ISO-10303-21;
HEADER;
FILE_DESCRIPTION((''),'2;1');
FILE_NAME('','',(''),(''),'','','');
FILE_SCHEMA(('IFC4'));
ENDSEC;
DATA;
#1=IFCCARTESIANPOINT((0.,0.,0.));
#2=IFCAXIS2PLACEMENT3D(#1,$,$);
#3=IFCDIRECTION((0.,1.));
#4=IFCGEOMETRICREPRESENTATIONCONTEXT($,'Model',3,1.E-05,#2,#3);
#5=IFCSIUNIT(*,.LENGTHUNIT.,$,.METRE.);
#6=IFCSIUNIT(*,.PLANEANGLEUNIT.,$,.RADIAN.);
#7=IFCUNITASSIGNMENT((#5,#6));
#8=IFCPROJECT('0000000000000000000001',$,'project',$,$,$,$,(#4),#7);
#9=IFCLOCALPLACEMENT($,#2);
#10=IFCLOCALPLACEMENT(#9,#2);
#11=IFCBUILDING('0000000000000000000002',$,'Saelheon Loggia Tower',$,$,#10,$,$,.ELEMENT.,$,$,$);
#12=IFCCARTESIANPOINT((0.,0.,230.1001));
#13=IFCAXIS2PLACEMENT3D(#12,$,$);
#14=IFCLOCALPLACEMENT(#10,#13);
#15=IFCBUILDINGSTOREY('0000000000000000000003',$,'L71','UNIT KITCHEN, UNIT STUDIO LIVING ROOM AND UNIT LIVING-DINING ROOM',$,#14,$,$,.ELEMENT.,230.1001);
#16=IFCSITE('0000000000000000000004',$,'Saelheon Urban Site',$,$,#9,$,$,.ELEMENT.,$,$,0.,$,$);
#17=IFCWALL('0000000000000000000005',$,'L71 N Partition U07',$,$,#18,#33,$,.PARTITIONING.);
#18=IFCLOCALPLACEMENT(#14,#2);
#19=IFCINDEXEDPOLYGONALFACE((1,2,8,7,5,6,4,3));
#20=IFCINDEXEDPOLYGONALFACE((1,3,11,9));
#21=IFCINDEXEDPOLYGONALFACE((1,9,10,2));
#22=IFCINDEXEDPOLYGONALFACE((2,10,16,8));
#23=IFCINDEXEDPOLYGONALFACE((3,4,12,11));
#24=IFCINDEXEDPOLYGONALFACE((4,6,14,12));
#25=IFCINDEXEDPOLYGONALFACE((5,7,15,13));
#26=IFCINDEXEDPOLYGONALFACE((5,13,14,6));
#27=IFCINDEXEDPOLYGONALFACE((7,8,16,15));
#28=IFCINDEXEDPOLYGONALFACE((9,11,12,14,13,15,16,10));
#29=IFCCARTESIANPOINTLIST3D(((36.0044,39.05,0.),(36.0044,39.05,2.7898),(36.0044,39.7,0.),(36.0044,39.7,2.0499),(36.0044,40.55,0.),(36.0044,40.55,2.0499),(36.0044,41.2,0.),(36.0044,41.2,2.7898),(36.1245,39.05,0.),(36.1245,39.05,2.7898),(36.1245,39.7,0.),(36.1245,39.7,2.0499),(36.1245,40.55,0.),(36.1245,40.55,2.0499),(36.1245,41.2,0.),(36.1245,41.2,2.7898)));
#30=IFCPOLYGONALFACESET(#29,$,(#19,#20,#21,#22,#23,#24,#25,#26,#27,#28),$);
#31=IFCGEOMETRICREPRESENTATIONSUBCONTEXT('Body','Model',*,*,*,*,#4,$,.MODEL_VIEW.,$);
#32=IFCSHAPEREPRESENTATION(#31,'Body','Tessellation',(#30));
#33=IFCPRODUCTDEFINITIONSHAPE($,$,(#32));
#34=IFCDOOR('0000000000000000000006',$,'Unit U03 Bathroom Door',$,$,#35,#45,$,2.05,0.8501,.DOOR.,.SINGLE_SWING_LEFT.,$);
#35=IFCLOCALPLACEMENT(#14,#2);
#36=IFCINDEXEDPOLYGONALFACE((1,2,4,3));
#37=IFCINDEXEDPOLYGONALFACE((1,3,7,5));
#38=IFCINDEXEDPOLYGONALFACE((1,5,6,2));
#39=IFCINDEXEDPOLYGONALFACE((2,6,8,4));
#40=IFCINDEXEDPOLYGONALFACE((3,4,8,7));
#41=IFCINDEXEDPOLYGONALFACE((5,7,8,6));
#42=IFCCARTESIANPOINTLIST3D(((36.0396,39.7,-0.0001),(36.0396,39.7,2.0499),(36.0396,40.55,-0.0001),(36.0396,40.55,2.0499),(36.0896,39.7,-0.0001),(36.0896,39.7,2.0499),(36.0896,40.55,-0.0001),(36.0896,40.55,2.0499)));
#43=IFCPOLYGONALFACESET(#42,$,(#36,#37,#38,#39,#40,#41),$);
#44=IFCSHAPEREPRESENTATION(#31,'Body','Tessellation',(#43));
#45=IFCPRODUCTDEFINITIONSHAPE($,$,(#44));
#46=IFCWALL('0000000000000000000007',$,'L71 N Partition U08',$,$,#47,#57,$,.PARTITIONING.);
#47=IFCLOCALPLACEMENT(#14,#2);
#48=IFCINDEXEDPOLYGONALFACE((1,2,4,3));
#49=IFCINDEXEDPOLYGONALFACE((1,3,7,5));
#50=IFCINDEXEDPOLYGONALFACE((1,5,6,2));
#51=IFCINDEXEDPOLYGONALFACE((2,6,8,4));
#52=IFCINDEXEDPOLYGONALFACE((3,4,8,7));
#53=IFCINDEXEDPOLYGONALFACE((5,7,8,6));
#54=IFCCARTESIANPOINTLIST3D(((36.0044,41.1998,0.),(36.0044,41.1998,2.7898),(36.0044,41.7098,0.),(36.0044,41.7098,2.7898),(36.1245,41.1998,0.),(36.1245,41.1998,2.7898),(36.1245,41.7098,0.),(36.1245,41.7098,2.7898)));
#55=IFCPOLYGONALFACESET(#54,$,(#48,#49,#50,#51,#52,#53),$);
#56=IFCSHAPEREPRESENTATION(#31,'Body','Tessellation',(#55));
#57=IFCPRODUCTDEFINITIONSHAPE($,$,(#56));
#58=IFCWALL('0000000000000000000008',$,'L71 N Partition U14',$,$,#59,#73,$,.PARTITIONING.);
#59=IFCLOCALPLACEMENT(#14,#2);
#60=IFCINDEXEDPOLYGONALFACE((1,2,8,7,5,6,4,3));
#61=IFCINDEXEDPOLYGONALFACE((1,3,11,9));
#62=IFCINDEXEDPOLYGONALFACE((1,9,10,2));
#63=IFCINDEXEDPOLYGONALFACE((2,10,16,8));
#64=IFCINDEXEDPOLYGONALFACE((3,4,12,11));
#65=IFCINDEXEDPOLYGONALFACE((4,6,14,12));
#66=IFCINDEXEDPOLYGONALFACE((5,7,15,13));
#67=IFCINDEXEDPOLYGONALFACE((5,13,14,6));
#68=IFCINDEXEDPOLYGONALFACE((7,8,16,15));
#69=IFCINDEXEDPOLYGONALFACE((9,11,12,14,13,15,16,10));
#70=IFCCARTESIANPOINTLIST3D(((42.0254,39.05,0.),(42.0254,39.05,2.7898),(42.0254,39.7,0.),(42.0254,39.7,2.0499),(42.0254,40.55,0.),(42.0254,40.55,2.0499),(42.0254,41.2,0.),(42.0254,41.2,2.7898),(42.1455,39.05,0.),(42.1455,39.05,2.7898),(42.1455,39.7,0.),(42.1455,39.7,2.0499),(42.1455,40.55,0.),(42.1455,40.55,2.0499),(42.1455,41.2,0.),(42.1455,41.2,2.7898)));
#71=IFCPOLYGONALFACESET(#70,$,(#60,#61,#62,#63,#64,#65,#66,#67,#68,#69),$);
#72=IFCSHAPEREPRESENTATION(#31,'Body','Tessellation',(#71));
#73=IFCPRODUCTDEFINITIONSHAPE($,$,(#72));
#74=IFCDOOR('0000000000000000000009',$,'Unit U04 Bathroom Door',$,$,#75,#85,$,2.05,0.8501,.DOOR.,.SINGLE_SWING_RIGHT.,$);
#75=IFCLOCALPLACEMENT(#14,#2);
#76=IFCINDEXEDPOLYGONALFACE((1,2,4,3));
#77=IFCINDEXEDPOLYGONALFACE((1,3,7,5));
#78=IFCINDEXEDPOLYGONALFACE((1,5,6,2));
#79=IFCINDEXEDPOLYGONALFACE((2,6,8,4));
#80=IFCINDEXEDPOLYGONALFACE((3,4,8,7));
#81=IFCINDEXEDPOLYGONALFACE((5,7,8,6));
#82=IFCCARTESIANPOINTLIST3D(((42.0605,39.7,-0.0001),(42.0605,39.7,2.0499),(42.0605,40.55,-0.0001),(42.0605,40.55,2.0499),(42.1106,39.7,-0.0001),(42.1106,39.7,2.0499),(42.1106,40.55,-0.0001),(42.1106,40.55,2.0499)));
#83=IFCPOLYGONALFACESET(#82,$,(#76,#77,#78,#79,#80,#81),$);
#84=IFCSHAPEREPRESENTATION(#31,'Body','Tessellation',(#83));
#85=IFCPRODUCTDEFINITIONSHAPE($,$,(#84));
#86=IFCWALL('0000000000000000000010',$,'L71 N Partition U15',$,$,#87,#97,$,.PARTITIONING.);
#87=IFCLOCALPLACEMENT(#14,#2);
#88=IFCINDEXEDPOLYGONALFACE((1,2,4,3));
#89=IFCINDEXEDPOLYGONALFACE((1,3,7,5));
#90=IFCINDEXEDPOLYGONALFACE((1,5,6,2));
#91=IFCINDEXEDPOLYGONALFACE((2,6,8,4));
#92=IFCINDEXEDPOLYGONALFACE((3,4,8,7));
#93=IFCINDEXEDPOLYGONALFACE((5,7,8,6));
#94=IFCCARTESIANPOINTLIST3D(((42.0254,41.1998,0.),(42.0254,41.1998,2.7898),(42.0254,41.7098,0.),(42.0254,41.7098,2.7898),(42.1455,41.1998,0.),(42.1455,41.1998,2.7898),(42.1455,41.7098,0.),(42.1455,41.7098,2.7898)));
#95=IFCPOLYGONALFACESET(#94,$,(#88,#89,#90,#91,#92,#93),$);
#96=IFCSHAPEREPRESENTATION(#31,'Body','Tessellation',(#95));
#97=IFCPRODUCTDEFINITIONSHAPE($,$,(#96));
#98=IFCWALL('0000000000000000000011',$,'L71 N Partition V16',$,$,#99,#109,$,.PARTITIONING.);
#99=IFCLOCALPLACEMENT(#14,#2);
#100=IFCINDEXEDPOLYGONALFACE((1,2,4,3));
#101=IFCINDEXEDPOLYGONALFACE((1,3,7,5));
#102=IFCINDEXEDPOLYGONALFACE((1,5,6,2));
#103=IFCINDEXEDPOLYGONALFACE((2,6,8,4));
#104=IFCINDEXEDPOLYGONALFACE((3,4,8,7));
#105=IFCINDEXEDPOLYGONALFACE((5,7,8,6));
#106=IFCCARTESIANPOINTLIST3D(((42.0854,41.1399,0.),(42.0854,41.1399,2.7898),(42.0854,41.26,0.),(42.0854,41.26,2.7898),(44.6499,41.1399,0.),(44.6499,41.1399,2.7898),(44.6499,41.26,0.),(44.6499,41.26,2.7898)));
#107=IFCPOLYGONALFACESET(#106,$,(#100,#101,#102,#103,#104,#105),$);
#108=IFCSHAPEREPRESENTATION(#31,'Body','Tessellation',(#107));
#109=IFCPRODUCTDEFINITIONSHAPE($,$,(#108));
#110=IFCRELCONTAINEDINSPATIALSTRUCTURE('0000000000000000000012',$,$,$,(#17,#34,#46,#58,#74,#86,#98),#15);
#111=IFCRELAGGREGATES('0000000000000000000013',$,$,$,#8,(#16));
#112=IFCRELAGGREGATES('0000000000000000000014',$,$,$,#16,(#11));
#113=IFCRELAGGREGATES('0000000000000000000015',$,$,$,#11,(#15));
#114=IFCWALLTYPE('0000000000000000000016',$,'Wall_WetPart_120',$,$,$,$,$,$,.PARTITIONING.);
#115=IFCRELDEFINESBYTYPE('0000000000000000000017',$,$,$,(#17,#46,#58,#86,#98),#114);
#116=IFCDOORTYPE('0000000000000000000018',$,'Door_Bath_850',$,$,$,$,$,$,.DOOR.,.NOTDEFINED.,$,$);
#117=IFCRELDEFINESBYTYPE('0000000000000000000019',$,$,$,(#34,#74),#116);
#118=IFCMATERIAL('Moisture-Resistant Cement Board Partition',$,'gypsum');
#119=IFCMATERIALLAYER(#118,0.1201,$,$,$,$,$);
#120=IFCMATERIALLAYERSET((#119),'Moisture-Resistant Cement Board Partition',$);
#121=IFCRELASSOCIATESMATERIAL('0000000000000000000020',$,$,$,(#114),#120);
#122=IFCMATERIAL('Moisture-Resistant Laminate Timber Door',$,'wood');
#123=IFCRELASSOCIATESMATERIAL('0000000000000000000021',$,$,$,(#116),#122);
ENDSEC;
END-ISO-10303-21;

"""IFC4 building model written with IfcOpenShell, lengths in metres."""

from ifc_helpers import new_model, si_unit, direction, frame, frame_2d, origin, place, context, subcontext, project, spatial, rectangle, extrude, source, transform, mapped, material, layer, layer_set, type_object, element, fill, save


model = new_model("IFC4")

# Units and contexts
model_context = context("Model", 3, precision=1e-05, world=origin(), true_north=direction((0.0, 1.0)))
body_context = subcontext(model_context, "Body", "Model", "MODEL_VIEW")
ifc_project = project(units=[si_unit("LENGTHUNIT", "METRE"), si_unit("PLANEANGLEUNIT", "RADIAN")], contexts=[model_context])

# Site, building, storey
site_placement = place(None, origin())
site = spatial("IfcSite", under=ifc_project, at=site_placement, Name="Saelheon Urban Site", CompositionType="ELEMENT", RefElevation=0.0)
building_placement = place(site_placement, origin())
building = spatial("IfcBuilding", under=site, at=building_placement, Name="Saelheon Loggia Tower", CompositionType="ELEMENT")
storey_placement = place(building_placement, frame((0.0, 0.0, 230.1001)))
storey = spatial("IfcBuildingStorey", under=building, at=storey_placement, Name="L71", Description="UNIT KITCHEN, UNIT STUDIO LIVING ROOM AND UNIT LIVING-DINING ROOM", CompositionType="ELEMENT", Elevation=230.1001)

# Wall, opening, door
ifc_material_1 = material(Name="Moisture-Resistant Cement Board Partition", Category="gypsum")
ifc_layer_1 = layer(ifc_material_1, 0.1201)
ifc_layer_set_1 = layer_set([ifc_layer_1], Name="Moisture-Resistant Cement Board Partition")
wall_type_1 = type_object("IfcWallType", Name="Wall_WetPart_120", PredefinedType="PARTITIONING", material=ifc_layer_set_1)
wall_1_placement = place(storey_placement, frame((36.0645, 39.05, 0.0), z_axis=(0.0, 0.0, 1.0), x_axis=(0.0, 1.0, 0.0)))
wall_1 = element("IfcWall", 1, at=wall_1_placement, inside=storey, type_object=wall_type_1, Name="L71 N Partition U07", PredefinedType="PARTITIONING", context=body_context, shape_type="SweptSolid", body=[
    extrude(rectangle(XDim=2.1499, YDim=0.1201, at=frame_2d((1.075, 0.0))), origin(), (0.0, 0.0, 1.0), 2.7898),
])
opening_1_placement = place(wall_1_placement, frame((0.6499, 0.0, 0.0)))
opening_1 = element("IfcOpeningElement", 2, at=opening_1_placement, cuts=wall_1, PredefinedType="OPENING", context=body_context, shape_type="SweptSolid", body=[
    extrude(rectangle(XDim=0.8501, YDim=2.05, at=frame_2d((0.425, 1.0249))), frame((0.0, 0.072, 0.0), z_axis=(0.0, -1.0, 0.0), x_axis=(1.0, 0.0, 0.0)), (0.0, 0.0, 1.0), 0.144),
])
ifc_material_2 = material(Name="Moisture-Resistant Laminate Timber Door", Category="wood")
door_type_1 = type_object("IfcDoorType", Name="Door_Bath_850", OperationType="NOTDEFINED", PredefinedType="DOOR", material=ifc_material_2)
shared_shape_1 = source(origin(), body_context, "Body", "SweptSolid", [
    extrude(rectangle(XDim=0.8501, YDim=2.05, at=frame_2d((0.425, 1.0249))), frame((0.0, 0.0249, 0.0), z_axis=(0.0, -1.0, 0.0), x_axis=(1.0, 0.0, 0.0)), (0.0, 0.0, 1.0), 0.05),
])
door_1_placement = place(opening_1_placement, origin())
door_1 = element("IfcDoor", 3, at=door_1_placement, inside=storey, type_object=door_type_1, Name="Unit U03 Bathroom Door", OperationType="SINGLE_SWING_LEFT", OverallHeight=2.05, OverallWidth=0.8501, PredefinedType="DOOR", context=body_context, shape_type="MappedRepresentation", body=[
    mapped(shared_shape_1, transform((0.0, 0.0, 0.0), scale=1.0)),
])
fill(opening_1, door_1)

# Wall
wall_2_placement = place(storey_placement, frame((36.0645, 41.2, 0.0), z_axis=(0.0, 0.0, 1.0), x_axis=(0.0, 1.0, 0.0)))
element("IfcWall", 4, at=wall_2_placement, inside=storey, type_object=wall_type_1, Name="L71 N Partition U08", PredefinedType="PARTITIONING", context=body_context, shape_type="SweptSolid", body=[
    extrude(rectangle(XDim=0.51, YDim=0.1201, at=frame_2d((0.2549, 0.0))), origin(), (0.0, 0.0, 1.0), 2.7898),
])

# Wall, opening, door
wall_3_placement = place(storey_placement, frame((42.0854, 39.05, 0.0), z_axis=(0.0, 0.0, 1.0), x_axis=(0.0, 1.0, 0.0)))
wall_3 = element("IfcWall", 5, at=wall_3_placement, inside=storey, type_object=wall_type_1, Name="L71 N Partition U14", PredefinedType="PARTITIONING", context=body_context, shape_type="SweptSolid", body=[
    extrude(rectangle(XDim=2.1499, YDim=0.1201, at=frame_2d((1.075, 0.0))), origin(), (0.0, 0.0, 1.0), 2.7898),
])
opening_2_placement = place(wall_3_placement, frame((0.6499, 0.0, 0.0)))
opening_2 = element("IfcOpeningElement", 6, at=opening_2_placement, cuts=wall_3, PredefinedType="OPENING", context=body_context, shape_type="SweptSolid", body=[
    extrude(rectangle(XDim=0.8501, YDim=2.05, at=frame_2d((0.425, 1.0249))), frame((0.0, 0.072, 0.0), z_axis=(0.0, -1.0, 0.0), x_axis=(1.0, 0.0, 0.0)), (0.0, 0.0, 1.0), 0.144),
])
door_2_placement = place(opening_2_placement, origin())
door_2 = element("IfcDoor", 7, at=door_2_placement, inside=storey, type_object=door_type_1, Name="Unit U04 Bathroom Door", OperationType="SINGLE_SWING_RIGHT", OverallHeight=2.05, OverallWidth=0.8501, PredefinedType="DOOR", context=body_context, shape_type="MappedRepresentation", body=[
    mapped(shared_shape_1, transform((0.0, 0.0, 0.0), scale=1.0)),
])
fill(opening_2, door_2)

# Walls
wall_4_placement = place(storey_placement, frame((42.0854, 41.2, 0.0), z_axis=(0.0, 0.0, 1.0), x_axis=(0.0, 1.0, 0.0)))
element("IfcWall", 8, at=wall_4_placement, inside=storey, type_object=wall_type_1, Name="L71 N Partition U15", PredefinedType="PARTITIONING", context=body_context, shape_type="SweptSolid", body=[
    extrude(rectangle(XDim=0.51, YDim=0.1201, at=frame_2d((0.2549, 0.0))), origin(), (0.0, 0.0, 1.0), 2.7898),
])
wall_5_placement = place(storey_placement, frame((42.0854, 41.2, 0.0), z_axis=(0.0, 0.0, 1.0), x_axis=(1.0, 0.0, 0.0)))
element("IfcWall", 9, at=wall_5_placement, inside=storey, type_object=wall_type_1, Name="L71 N Partition V16", PredefinedType="PARTITIONING", context=body_context, shape_type="SweptSolid", body=[
    extrude(rectangle(XDim=2.5645, YDim=0.1201, at=frame_2d((1.2822, 0.0))), origin(), (0.0, 0.0, 1.0), 2.7898),
])

save(model, "model.ifc")
